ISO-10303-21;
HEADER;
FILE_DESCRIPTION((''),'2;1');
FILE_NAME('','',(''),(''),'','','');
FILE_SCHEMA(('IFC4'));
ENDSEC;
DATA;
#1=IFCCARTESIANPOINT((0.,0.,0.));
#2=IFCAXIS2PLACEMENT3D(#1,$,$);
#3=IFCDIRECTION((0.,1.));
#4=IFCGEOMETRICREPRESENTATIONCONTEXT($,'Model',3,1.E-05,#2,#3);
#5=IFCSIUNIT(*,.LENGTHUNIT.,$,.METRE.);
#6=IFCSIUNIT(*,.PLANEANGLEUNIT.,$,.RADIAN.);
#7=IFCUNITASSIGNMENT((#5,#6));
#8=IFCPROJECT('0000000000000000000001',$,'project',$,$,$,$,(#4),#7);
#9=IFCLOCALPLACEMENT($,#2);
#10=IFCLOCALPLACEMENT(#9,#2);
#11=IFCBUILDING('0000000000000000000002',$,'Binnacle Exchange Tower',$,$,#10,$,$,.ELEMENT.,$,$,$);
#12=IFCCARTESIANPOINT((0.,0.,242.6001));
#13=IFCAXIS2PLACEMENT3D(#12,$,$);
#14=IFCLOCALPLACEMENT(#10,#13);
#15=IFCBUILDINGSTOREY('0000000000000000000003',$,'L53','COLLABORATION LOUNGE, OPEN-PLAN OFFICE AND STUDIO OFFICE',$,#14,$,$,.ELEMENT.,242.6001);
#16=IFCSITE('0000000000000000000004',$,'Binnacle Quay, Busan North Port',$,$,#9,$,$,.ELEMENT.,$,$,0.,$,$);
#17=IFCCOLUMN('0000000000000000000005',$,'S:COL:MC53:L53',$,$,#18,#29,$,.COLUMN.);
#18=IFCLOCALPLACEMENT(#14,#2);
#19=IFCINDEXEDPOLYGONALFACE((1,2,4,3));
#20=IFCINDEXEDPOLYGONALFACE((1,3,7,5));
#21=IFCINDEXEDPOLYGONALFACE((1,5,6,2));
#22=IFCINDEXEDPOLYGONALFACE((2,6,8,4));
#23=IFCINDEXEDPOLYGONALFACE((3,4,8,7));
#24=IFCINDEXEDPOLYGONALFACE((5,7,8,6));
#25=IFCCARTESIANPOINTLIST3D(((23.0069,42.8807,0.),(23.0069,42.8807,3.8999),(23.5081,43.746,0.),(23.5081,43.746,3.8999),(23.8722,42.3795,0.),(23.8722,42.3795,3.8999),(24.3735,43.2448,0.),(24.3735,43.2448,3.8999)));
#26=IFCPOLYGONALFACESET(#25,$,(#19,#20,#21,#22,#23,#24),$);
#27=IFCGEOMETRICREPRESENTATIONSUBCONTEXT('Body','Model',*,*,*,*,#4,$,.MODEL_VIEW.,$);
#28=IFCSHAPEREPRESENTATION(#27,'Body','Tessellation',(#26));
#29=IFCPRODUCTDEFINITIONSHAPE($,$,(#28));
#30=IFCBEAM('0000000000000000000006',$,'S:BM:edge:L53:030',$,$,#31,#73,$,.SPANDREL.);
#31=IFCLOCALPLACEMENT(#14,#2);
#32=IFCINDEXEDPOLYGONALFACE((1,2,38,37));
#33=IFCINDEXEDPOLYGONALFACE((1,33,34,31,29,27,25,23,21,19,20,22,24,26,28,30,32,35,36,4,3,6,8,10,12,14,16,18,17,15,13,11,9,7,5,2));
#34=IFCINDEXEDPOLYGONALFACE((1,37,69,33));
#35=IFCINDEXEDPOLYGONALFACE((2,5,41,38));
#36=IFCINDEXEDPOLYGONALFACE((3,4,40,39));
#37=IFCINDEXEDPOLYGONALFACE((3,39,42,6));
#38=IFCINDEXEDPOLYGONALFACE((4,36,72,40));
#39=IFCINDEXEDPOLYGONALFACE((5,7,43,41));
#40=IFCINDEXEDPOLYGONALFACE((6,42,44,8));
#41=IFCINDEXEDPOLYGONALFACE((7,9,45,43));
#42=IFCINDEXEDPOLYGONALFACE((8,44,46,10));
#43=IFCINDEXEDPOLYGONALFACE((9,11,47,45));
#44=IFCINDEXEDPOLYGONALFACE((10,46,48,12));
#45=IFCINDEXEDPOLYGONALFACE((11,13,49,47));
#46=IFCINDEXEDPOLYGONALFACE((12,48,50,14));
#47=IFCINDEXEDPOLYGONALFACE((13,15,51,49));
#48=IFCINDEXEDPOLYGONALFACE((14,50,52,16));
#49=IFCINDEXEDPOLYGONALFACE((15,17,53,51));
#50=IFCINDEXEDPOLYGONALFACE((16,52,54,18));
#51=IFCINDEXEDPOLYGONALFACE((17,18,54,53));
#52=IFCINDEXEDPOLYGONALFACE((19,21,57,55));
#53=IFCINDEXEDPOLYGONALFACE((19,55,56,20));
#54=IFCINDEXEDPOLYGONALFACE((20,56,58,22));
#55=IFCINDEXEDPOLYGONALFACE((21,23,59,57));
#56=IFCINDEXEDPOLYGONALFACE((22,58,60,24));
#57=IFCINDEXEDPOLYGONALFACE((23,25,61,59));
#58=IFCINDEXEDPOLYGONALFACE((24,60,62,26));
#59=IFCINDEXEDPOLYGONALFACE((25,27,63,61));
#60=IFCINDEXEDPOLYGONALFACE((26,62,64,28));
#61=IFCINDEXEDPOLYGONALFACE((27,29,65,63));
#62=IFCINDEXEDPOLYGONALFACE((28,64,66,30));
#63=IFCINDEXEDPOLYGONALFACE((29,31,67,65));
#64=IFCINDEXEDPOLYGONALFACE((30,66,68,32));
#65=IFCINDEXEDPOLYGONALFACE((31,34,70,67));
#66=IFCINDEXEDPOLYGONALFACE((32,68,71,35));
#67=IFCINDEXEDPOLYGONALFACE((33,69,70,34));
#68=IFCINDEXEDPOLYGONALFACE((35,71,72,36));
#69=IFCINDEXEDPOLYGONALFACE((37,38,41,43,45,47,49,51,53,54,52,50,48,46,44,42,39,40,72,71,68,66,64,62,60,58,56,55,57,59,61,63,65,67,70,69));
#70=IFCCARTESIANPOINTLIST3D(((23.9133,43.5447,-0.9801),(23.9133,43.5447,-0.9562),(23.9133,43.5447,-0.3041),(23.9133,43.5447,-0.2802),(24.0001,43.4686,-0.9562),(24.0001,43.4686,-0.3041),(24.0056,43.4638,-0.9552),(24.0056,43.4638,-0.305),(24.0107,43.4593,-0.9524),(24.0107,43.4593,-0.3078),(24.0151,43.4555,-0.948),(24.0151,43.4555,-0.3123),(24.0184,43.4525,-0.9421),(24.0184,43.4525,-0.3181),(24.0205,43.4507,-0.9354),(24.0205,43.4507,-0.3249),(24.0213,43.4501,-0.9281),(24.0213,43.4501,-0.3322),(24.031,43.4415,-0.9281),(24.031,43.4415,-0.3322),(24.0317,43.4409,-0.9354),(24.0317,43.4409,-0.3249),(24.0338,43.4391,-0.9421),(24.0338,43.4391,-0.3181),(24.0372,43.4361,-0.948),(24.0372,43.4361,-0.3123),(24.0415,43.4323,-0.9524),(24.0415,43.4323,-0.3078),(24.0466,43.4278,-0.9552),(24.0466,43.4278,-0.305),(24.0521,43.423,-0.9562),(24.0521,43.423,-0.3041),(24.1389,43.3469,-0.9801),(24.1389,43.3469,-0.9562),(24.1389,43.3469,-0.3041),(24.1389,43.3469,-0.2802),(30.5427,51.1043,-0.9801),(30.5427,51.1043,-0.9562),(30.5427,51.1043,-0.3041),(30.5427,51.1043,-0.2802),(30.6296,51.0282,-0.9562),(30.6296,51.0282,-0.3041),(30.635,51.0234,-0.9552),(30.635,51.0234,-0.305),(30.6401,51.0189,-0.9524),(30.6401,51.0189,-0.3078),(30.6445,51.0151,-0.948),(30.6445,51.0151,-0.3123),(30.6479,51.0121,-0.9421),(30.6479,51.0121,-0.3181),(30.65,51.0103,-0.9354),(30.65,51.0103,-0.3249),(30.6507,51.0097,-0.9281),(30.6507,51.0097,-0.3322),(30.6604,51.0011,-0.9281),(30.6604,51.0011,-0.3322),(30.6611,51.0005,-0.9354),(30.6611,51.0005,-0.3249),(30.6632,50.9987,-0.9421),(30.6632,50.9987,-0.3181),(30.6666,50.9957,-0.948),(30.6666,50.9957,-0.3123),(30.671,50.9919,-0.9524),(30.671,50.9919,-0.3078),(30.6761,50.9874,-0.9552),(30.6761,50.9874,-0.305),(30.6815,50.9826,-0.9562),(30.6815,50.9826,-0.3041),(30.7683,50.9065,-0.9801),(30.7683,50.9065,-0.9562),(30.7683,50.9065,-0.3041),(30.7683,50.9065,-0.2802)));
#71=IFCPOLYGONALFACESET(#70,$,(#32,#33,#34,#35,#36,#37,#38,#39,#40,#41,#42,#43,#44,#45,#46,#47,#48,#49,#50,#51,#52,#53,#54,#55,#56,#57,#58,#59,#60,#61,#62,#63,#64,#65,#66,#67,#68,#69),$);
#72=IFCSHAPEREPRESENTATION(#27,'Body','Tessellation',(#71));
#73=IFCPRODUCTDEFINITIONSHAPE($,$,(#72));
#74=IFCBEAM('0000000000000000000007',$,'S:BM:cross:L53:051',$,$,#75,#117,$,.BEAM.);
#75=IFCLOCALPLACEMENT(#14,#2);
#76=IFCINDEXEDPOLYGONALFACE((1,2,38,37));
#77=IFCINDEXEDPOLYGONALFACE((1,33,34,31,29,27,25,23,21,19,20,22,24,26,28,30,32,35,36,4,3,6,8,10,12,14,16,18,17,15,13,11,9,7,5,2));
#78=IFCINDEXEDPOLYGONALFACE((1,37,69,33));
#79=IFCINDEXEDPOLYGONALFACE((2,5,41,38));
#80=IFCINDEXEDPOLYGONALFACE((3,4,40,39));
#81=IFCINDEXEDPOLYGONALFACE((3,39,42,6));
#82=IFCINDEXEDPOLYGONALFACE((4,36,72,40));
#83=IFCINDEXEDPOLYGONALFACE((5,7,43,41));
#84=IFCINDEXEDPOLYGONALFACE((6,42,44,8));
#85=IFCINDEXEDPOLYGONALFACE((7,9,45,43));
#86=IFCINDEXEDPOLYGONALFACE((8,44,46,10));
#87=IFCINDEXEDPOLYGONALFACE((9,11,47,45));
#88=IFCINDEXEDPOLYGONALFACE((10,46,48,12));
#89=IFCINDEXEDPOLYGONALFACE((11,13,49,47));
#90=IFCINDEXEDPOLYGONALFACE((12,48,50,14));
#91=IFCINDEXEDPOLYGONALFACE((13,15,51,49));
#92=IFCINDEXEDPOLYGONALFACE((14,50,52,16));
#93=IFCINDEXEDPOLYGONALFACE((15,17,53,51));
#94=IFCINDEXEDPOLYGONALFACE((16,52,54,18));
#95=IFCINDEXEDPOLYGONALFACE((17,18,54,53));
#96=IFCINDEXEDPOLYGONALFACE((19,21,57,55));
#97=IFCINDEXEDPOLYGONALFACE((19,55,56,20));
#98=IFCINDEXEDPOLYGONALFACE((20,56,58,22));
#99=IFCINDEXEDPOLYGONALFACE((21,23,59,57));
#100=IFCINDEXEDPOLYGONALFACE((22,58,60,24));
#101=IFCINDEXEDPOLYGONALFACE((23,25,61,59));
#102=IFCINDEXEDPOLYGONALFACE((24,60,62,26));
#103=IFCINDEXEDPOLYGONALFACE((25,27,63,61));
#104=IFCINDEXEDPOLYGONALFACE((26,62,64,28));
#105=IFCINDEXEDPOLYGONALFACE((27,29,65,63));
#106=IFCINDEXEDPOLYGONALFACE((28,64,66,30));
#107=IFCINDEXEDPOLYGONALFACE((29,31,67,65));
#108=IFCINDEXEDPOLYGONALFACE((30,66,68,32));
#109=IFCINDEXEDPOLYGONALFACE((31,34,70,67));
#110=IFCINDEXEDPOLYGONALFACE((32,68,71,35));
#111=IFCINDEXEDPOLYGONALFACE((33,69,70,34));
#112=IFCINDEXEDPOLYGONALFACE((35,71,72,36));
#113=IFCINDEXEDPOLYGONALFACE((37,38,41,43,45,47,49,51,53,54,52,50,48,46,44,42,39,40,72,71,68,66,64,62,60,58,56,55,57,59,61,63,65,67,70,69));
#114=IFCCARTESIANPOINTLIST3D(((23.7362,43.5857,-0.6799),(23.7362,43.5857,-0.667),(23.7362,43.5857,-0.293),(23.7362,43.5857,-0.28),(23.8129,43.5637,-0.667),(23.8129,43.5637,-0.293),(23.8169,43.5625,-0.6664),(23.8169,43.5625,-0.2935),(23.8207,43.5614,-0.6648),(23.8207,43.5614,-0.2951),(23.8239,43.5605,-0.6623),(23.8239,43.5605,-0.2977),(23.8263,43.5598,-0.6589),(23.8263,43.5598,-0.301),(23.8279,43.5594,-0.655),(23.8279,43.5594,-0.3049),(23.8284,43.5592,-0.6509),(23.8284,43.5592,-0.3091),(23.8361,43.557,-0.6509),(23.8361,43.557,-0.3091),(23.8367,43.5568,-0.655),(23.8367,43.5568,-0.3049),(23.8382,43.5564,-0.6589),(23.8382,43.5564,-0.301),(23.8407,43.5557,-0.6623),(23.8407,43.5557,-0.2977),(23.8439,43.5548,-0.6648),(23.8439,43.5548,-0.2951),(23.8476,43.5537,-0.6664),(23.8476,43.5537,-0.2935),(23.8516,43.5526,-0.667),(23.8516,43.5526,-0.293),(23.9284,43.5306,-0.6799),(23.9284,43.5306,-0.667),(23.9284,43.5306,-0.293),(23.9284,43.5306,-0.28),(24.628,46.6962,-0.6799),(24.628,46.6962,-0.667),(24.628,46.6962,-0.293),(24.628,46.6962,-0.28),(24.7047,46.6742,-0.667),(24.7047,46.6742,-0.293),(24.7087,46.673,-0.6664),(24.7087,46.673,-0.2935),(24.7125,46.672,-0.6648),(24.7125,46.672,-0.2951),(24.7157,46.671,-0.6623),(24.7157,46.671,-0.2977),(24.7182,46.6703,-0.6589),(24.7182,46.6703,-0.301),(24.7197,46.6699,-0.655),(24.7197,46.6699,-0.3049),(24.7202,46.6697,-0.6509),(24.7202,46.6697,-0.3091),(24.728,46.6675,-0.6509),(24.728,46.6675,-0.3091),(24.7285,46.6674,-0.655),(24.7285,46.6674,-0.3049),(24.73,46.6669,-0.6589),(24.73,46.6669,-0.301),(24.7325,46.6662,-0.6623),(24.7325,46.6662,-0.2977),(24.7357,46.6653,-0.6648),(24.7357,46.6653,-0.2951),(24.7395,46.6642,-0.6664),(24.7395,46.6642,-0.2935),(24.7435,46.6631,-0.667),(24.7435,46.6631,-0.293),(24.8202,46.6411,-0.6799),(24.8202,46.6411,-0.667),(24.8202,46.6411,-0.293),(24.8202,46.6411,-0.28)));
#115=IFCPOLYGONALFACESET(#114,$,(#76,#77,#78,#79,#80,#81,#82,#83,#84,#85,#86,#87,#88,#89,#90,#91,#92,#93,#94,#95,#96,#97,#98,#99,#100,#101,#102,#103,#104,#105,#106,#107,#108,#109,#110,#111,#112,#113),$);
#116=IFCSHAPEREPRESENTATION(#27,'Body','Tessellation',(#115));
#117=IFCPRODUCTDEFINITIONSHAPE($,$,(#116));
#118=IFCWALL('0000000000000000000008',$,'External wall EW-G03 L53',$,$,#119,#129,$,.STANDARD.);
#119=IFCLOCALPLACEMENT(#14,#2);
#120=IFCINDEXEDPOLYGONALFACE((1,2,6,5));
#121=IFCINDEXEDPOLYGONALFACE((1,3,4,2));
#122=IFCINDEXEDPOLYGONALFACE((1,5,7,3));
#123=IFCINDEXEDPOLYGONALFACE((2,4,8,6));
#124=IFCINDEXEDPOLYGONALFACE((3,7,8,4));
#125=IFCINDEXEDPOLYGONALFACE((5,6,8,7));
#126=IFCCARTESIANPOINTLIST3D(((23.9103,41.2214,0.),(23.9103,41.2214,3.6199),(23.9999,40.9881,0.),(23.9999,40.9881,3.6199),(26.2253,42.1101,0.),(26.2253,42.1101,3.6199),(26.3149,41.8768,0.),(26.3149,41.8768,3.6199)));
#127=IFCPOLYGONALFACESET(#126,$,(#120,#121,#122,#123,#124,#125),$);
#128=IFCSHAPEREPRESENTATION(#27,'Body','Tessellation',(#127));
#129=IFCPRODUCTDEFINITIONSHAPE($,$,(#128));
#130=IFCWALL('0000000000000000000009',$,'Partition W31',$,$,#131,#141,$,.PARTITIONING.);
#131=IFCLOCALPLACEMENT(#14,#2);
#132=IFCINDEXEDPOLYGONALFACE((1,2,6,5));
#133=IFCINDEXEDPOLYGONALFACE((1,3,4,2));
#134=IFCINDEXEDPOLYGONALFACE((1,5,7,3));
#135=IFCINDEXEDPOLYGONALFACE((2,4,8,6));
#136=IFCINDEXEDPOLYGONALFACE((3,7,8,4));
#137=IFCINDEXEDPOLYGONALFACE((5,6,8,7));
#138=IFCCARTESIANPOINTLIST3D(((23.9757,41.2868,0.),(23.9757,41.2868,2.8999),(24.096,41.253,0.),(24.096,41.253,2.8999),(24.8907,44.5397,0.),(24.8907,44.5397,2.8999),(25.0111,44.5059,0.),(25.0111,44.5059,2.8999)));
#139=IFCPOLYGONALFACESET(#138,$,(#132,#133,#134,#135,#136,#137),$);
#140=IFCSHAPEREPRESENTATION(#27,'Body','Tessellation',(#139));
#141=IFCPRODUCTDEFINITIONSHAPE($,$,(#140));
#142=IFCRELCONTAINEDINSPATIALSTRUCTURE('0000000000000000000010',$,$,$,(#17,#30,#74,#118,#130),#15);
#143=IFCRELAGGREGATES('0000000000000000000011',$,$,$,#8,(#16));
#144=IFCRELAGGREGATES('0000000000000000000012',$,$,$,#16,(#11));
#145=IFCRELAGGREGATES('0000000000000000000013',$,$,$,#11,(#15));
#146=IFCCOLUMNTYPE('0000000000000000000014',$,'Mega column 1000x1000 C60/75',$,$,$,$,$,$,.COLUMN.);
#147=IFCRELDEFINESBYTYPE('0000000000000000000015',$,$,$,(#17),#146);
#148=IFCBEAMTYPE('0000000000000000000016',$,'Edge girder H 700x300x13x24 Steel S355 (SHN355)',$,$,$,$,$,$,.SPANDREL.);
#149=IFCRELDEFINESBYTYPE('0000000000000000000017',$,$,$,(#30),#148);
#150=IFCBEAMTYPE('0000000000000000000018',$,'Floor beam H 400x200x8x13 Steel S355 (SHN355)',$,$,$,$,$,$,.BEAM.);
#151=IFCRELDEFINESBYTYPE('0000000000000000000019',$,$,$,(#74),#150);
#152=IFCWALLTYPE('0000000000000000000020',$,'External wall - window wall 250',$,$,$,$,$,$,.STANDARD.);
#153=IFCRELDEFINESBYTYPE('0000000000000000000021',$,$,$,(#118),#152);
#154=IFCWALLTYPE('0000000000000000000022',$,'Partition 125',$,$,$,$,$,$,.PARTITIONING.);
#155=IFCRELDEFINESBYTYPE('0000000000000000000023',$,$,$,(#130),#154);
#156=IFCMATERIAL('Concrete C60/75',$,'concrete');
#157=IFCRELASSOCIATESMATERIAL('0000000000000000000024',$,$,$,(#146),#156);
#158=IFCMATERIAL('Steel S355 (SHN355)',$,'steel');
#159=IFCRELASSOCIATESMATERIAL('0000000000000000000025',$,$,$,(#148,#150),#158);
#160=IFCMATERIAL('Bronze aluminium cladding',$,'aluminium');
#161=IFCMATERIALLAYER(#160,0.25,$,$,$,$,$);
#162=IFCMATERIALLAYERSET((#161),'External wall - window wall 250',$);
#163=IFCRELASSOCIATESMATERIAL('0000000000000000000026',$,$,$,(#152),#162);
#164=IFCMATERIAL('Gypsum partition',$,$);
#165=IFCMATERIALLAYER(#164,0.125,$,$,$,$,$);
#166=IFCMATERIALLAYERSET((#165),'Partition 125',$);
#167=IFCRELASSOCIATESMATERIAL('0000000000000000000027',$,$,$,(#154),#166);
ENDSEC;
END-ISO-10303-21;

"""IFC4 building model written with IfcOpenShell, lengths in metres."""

from ifc_helpers import new_model, si_unit, direction, frame, frame_2d, origin, origin_2d, place, context, subcontext, project, spatial, rectangle, i_section, extrude, material, layer, layer_set, material_profile, profile_set, type_object, element, save


model = new_model("IFC4")

# Units and contexts
model_context = context("Model", 3, precision=1e-05, world=origin(), true_north=direction((0.0, 1.0)))
body_context = subcontext(model_context, "Body", "Model", "MODEL_VIEW")
ifc_project = project(units=[si_unit("LENGTHUNIT", "METRE"), si_unit("PLANEANGLEUNIT", "RADIAN")], contexts=[model_context])

# Site, building, storey
site_placement = place(None, origin())
site = spatial("IfcSite", under=ifc_project, at=site_placement, Name="Binnacle Quay, Busan North Port", CompositionType="ELEMENT", RefElevation=0.0)
building_placement = place(site_placement, origin())
building = spatial("IfcBuilding", under=site, at=building_placement, Name="Binnacle Exchange Tower", CompositionType="ELEMENT")
storey_placement = place(building_placement, frame((0.0, 0.0, 242.6001)))
storey = spatial("IfcBuildingStorey", under=building, at=storey_placement, Name="L53", Description="COLLABORATION LOUNGE, OPEN-PLAN OFFICE AND STUDIO OFFICE", CompositionType="ELEMENT", Elevation=242.6001)

# Column
ifc_material_1 = material(Name="Concrete C60/75", Category="concrete")
ifc_material_profile_1 = material_profile(ifc_material_1, rectangle(XDim=1.0, YDim=1.0, at=origin_2d()), Name="Mega column 1000x1000 C60/75")
ifc_profile_set_1 = profile_set([ifc_material_profile_1], Name="Concrete C60/75")
column_type = type_object("IfcColumnType", Name="Mega column 1000x1000 C60/75", PredefinedType="COLUMN", material=ifc_profile_set_1)
column_placement = place(storey_placement, frame((23.6902, 43.0627, 0.0), z_axis=(0.0, 0.0, 1.0), x_axis=(-0.865326, 0.501209, 0.0)))
element("IfcColumn", 1, at=column_placement, inside=storey, type_object=column_type, Name="S:COL:MC53:L53", PredefinedType="COLUMN", context=body_context, shape_type="SweptSolid", body=[
    extrude(rectangle(XDim=1.0, YDim=1.0, at=origin_2d()), origin(), (0.0, 0.0, 1.0), 3.8999),
])

# Beams
ifc_material_2 = material(Name="Steel S355 (SHN355)", Category="steel")
ifc_material_profile_2 = material_profile(ifc_material_2, i_section(OverallWidth=0.3, OverallDepth=0.7, WebThickness=0.0129, FlangeThickness=0.0239, FilletRadius=0.0281, at=origin_2d()), Name="H 700x300x13x24")
ifc_profile_set_2 = profile_set([ifc_material_profile_2], Name="Steel S355 (SHN355)")
beam_type_1 = type_object("IfcBeamType", Name="Edge girder H 700x300x13x24 Steel S355 (SHN355)", PredefinedType="SPANDREL", material=ifc_profile_set_2)
beam_1_placement = place(storey_placement, frame((24.0261, 43.4458, -0.6301), z_axis=(0.659336, 0.751848, 0.0), x_axis=(-0.751848, 0.659336, 0.0)))
element("IfcBeam", 2, at=beam_1_placement, inside=storey, type_object=beam_type_1, Name="S:BM:edge:L53:030", PredefinedType="SPANDREL", context=body_context, shape_type="SweptSolid", body=[
    extrude(i_section(OverallWidth=0.3, OverallDepth=0.7, WebThickness=0.0129, FlangeThickness=0.0239, FilletRadius=0.0281, at=origin_2d()), origin(), (0.0, 0.0, 1.0), 10.0547),
])
ifc_material_profile_3 = material_profile(ifc_material_2, i_section(OverallWidth=0.2, OverallDepth=0.3999, WebThickness=0.0081, FlangeThickness=0.0129, FilletRadius=0.0161, at=origin_2d()), Name="H 400x200x8x13")
ifc_profile_set_3 = profile_set([ifc_material_profile_3], Name="Steel S355 (SHN355)")
beam_type_2 = type_object("IfcBeamType", Name="Floor beam H 400x200x8x13 Steel S355 (SHN355)", PredefinedType="BEAM", material=ifc_profile_set_3)
beam_2_placement = place(storey_placement, frame((23.8323, 43.5581, -0.48), z_axis=(0.275608, 0.96127, 0.0), x_axis=(-0.96127, 0.275608, 0.0)))
element("IfcBeam", 3, at=beam_2_placement, inside=storey, type_object=beam_type_2, Name="S:BM:cross:L53:051", PredefinedType="BEAM", context=body_context, shape_type="SweptSolid", body=[
    extrude(i_section(OverallWidth=0.2, OverallDepth=0.3999, WebThickness=0.0081, FlangeThickness=0.0129, FilletRadius=0.0161, at=origin_2d()), origin(), (0.0, 0.0, 1.0), 3.2358),
])

# Walls
ifc_material_3 = material(Name="Bronze aluminium cladding", Category="aluminium")
ifc_layer_1 = layer(ifc_material_3, 0.25)
ifc_layer_set_1 = layer_set([ifc_layer_1], Name="External wall - window wall 250")
wall_type_1 = type_object("IfcWallType", Name="External wall - window wall 250", PredefinedType="STANDARD", material=ifc_layer_set_1)
wall_1_placement = place(storey_placement, frame((26.27, 41.9934, 0.0), z_axis=(0.0, 0.0, 1.0), x_axis=(-0.933574, -0.358385, 0.0)))
element("IfcWall", 4, at=wall_1_placement, inside=storey, type_object=wall_type_1, Name="External wall EW-G03 L53", PredefinedType="STANDARD", context=body_context, shape_type="SweptSolid", body=[
    extrude(rectangle(XDim=2.4797, YDim=0.25, at=frame_2d((1.2397, 0.0))), origin(), (0.0, 0.0, 1.0), 3.6199),
])
ifc_material_4 = material(Name="Gypsum partition")
ifc_layer_2 = layer(ifc_material_4, 0.125)
ifc_layer_set_2 = layer_set([ifc_layer_2], Name="Partition 125")
wall_type_2 = type_object("IfcWallType", Name="Partition 125", PredefinedType="PARTITIONING", material=ifc_layer_set_2)
wall_2_placement = place(storey_placement, frame((24.0359, 41.27, 0.0), z_axis=(0.0, 0.0, 1.0), x_axis=(0.270787, 0.962639, 0.0)))
element("IfcWall", 5, at=wall_2_placement, inside=storey, type_object=wall_type_2, Name="Partition W31", PredefinedType="PARTITIONING", context=body_context, shape_type="SweptSolid", body=[
    extrude(rectangle(XDim=3.3792, YDim=0.125, at=frame_2d((1.6895, 0.0))), origin(), (0.0, 0.0, 1.0), 2.8999),
])

save(model, "model.ifc")
